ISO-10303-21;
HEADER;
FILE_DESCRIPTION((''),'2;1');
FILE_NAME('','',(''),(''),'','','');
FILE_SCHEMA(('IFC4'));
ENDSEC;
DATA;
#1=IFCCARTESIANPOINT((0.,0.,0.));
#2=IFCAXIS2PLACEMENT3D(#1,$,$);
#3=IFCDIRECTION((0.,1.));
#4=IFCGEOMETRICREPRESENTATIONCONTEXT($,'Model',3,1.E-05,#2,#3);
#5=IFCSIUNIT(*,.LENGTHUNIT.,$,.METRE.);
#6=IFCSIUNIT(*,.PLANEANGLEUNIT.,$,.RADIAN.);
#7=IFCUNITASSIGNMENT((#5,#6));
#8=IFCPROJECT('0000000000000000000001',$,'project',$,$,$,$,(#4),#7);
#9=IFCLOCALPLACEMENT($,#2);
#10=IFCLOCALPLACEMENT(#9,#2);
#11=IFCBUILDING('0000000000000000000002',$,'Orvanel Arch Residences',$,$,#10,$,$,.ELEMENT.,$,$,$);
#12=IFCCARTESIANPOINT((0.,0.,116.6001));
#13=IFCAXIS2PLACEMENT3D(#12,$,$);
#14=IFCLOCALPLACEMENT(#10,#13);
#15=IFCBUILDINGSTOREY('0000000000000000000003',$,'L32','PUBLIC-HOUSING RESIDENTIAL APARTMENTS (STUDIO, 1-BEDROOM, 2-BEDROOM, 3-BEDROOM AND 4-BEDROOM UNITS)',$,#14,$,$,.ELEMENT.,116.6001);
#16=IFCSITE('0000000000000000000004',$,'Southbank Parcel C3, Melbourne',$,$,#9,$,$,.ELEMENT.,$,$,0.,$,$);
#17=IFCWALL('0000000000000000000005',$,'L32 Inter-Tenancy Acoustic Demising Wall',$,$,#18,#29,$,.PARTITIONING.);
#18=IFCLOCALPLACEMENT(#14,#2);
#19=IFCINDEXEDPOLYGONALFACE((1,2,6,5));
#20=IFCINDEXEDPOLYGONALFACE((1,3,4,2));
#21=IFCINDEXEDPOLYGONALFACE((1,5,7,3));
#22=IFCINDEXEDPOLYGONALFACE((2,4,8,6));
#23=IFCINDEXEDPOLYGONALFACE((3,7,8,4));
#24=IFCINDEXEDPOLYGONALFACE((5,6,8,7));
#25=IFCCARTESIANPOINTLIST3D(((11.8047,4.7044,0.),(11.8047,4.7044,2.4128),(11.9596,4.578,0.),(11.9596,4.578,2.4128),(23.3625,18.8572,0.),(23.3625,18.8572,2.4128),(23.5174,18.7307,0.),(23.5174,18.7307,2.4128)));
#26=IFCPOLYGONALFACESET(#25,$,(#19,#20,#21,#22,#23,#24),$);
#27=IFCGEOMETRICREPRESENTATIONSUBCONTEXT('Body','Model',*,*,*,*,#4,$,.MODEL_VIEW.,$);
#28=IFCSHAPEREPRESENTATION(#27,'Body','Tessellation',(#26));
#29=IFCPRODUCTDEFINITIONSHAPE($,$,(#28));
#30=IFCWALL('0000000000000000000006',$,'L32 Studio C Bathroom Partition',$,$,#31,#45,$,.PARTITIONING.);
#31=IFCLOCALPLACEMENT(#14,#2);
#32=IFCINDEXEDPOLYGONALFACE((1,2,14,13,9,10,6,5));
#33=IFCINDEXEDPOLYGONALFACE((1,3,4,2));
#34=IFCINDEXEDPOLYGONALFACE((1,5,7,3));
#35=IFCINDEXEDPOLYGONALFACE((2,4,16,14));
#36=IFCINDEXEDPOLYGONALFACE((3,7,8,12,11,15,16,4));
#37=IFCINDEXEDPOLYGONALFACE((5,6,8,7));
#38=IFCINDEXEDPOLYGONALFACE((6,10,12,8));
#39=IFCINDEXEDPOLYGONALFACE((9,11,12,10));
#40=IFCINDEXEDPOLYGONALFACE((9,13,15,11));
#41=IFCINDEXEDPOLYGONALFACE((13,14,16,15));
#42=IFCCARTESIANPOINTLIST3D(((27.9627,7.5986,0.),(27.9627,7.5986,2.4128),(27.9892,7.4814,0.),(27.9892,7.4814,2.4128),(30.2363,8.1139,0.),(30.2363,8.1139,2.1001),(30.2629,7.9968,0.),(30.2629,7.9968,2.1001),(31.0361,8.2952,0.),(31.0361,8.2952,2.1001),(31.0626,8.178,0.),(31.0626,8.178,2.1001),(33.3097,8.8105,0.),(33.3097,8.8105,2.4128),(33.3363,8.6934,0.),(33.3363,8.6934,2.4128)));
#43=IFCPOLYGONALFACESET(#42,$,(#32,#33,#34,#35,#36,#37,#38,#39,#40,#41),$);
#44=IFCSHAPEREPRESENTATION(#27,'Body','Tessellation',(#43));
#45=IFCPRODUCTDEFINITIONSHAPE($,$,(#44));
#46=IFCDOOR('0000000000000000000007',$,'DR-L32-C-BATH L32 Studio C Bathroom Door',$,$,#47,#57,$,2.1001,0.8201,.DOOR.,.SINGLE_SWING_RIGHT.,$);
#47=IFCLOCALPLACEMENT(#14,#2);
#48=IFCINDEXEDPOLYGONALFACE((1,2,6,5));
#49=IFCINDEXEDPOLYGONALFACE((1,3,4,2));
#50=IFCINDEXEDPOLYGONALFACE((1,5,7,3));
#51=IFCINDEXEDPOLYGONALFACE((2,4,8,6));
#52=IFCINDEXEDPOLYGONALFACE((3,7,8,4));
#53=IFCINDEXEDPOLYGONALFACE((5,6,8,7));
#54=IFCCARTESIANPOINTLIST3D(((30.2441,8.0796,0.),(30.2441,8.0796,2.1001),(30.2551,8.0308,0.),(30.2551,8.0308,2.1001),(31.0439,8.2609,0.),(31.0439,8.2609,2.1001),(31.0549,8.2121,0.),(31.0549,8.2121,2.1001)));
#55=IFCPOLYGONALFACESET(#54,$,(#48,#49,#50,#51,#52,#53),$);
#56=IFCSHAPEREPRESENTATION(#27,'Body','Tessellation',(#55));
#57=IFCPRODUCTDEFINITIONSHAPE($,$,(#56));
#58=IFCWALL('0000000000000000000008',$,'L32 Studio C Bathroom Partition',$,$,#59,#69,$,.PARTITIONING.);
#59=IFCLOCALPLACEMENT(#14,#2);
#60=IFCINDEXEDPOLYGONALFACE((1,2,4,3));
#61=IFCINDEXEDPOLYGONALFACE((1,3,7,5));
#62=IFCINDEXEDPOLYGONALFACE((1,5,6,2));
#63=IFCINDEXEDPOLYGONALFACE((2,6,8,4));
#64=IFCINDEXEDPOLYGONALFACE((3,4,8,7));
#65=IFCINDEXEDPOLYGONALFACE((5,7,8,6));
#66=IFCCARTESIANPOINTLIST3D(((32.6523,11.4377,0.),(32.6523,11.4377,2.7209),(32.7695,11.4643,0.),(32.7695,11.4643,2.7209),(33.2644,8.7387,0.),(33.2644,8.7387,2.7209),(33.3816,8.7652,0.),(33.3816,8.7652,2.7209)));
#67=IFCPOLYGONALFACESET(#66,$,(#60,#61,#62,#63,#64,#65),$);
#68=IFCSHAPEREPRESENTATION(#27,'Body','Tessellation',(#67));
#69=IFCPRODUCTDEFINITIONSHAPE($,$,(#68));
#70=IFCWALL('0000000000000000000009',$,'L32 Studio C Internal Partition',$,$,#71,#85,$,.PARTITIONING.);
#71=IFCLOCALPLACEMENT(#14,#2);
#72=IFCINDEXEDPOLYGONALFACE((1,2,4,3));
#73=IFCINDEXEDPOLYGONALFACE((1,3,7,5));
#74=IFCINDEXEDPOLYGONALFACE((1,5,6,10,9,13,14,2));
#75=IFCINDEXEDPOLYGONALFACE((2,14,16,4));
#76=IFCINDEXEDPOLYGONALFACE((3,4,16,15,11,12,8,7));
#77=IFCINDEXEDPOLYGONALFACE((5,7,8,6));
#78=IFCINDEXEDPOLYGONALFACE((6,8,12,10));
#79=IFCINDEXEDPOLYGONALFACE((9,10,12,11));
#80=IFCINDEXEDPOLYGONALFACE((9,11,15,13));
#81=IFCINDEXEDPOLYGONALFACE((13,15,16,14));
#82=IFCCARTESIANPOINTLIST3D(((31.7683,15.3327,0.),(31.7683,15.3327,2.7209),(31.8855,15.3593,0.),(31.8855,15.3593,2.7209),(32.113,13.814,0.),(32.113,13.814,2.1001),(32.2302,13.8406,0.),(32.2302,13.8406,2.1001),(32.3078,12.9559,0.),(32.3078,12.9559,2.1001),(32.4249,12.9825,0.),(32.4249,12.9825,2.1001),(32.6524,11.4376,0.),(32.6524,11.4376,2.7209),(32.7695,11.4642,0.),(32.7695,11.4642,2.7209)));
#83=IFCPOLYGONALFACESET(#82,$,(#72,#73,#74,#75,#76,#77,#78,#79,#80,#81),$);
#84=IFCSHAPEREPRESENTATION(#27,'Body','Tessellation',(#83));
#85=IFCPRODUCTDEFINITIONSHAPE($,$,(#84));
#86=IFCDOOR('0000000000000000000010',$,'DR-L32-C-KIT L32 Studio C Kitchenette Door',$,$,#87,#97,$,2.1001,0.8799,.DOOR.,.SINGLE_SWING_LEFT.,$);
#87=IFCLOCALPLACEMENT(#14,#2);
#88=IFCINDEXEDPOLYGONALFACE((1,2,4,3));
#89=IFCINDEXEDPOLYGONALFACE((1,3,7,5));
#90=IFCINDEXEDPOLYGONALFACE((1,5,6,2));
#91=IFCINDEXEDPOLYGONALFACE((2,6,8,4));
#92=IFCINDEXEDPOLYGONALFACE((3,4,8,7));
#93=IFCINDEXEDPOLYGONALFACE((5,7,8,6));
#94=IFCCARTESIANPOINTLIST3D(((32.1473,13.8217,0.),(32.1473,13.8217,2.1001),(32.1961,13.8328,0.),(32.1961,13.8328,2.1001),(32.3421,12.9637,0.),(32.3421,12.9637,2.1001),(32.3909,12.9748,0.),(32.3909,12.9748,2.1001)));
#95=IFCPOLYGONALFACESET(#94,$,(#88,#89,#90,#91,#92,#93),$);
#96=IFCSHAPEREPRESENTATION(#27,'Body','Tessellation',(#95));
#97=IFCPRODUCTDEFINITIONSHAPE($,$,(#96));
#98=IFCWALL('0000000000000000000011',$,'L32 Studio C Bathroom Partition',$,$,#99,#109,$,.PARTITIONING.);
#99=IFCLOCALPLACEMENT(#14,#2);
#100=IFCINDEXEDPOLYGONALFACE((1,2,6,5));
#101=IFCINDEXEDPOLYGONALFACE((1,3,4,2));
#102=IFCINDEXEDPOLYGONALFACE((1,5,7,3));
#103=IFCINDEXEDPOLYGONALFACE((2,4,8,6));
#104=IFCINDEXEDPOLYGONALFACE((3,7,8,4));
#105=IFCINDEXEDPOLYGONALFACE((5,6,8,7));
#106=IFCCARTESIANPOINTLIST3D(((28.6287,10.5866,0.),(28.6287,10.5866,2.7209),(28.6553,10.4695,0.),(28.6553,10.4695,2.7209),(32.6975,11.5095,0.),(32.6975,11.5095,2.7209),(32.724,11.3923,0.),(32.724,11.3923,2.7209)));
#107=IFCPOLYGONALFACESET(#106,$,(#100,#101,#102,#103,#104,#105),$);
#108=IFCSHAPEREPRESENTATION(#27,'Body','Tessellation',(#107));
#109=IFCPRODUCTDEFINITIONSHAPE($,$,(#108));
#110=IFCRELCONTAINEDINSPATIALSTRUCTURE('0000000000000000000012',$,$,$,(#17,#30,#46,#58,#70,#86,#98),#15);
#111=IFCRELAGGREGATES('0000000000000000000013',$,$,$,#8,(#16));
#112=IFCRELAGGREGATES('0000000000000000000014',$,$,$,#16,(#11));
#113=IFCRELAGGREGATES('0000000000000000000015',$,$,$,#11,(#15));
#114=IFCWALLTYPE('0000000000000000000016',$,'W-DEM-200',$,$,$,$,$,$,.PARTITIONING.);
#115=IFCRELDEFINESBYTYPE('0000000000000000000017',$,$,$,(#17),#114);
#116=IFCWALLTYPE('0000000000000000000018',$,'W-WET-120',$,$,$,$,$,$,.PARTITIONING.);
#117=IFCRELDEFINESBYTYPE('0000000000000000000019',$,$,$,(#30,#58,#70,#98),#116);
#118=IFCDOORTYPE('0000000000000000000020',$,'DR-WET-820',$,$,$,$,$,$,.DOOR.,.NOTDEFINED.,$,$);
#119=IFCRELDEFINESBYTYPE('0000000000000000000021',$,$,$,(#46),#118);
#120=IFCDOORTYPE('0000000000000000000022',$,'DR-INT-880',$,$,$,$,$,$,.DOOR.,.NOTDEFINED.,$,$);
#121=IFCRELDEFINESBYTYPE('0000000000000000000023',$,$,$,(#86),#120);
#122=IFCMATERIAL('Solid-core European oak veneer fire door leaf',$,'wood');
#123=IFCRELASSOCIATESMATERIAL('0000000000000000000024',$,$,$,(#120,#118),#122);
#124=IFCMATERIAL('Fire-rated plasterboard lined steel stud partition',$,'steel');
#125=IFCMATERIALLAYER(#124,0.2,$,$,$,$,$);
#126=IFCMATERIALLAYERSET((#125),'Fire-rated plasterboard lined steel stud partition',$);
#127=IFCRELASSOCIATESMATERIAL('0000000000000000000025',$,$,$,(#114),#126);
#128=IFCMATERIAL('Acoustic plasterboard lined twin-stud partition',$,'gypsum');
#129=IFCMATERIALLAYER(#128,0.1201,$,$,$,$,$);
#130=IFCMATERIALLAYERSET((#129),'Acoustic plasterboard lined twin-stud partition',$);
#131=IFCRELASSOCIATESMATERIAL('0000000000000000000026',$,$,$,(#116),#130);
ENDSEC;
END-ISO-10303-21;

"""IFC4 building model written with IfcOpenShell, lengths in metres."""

from ifc_helpers import new_model, si_unit, direction, frame, frame_2d, origin, place, context, subcontext, project, spatial, rectangle, extrude, material, layer, layer_set, type_object, element, fill, save


model = new_model("IFC4")

# Units and contexts
model_context = context("Model", 3, precision=1e-05, world=origin(), true_north=direction((0.0, 1.0)))
body_context = subcontext(model_context, "Body", "Model", "MODEL_VIEW")
ifc_project = project(units=[si_unit("LENGTHUNIT", "METRE"), si_unit("PLANEANGLEUNIT", "RADIAN")], contexts=[model_context])

# Site, building, storey
site_placement = place(None, origin())
site = spatial("IfcSite", under=ifc_project, at=site_placement, Name="Southbank Parcel C3, Melbourne", CompositionType="ELEMENT", RefElevation=0.0)
building_placement = place(site_placement, origin())
building = spatial("IfcBuilding", under=site, at=building_placement, Name="Orvanel Arch Residences", CompositionType="ELEMENT")
storey_placement = place(building_placement, frame((0.0, 0.0, 116.6001)))
storey = spatial("IfcBuildingStorey", under=building, at=storey_placement, Name="L32", Description="PUBLIC-HOUSING RESIDENTIAL APARTMENTS (STUDIO, 1-BEDROOM, 2-BEDROOM, 3-BEDROOM AND 4-BEDROOM UNITS)", CompositionType="ELEMENT", Elevation=116.6001)

# Shared definitions
ifc_material_1 = material(Name="Fire-rated plasterboard lined steel stud partition", Category="steel")

# Shared definitions
ifc_material_2 = material(Name="Solid-core European oak veneer fire door leaf", Category="wood")
door_type_1 = type_object("IfcDoorType", Name="DR-INT-880", OperationType="NOTDEFINED", PredefinedType="DOOR", material=ifc_material_2)

# Wall
ifc_layer_1 = layer(ifc_material_1, 0.2)
ifc_layer_set_1 = layer_set([ifc_layer_1], Name="Fire-rated plasterboard lined steel stud partition")
wall_type_1 = type_object("IfcWallType", Name="W-DEM-200", PredefinedType="PARTITIONING", material=ifc_layer_set_1)
wall_1_placement = place(storey_placement, frame((23.4399, 18.7939, 0.0), z_axis=(0.0, 0.0, 1.0), x_axis=(-0.632525, -0.77454, 0.0)))
element("IfcWall", 1, at=wall_1_placement, inside=storey, type_object=wall_type_1, Name="L32 Inter-Tenancy Acoustic Demising Wall", PredefinedType="PARTITIONING", context=body_context, shape_type="SweptSolid", body=[
    extrude(rectangle(XDim=18.2725, YDim=0.2, at=frame_2d((9.1362, 0.0))), origin(), (0.0, 0.0, 1.0), 2.4128),
])

# Wall, opening, door
ifc_material_3 = material(Name="Acoustic plasterboard lined twin-stud partition", Category="gypsum")
ifc_layer_2 = layer(ifc_material_3, 0.1201)
ifc_layer_set_2 = layer_set([ifc_layer_2], Name="Acoustic plasterboard lined twin-stud partition")
wall_type_2 = type_object("IfcWallType", Name="W-WET-120", PredefinedType="PARTITIONING", material=ifc_layer_set_2)
wall_2_placement = place(storey_placement, frame((27.9761, 7.54, 0.0), z_axis=(0.0, 0.0, 1.0), x_axis=(0.975263, 0.221049, 0.0)))
wall_2 = element("IfcWall", 2, at=wall_2_placement, inside=storey, type_object=wall_type_2, Name="L32 Studio C Bathroom Partition", PredefinedType="PARTITIONING", context=body_context, shape_type="SweptSolid", body=[
    extrude(rectangle(XDim=5.4827, YDim=0.1201, at=frame_2d((2.7412, 0.0))), origin(), (0.0, 0.0, 1.0), 2.4128),
])
opening_1_placement = place(wall_2_placement, frame((2.3311, 0.0, 0.0)))
opening_1 = element("IfcOpeningElement", 3, at=opening_1_placement, cuts=wall_2, PredefinedType="OPENING", context=body_context, shape_type="SweptSolid", body=[
    extrude(rectangle(XDim=0.8201, YDim=2.1001, at=frame_2d((0.4102, 1.05))), frame((0.0, 0.0701, 0.0), z_axis=(0.0, -1.0, 0.0), x_axis=(1.0, 0.0, 0.0)), (0.0, 0.0, 1.0), 0.1401),
])
door_type_2 = type_object("IfcDoorType", Name="DR-WET-820", OperationType="NOTDEFINED", PredefinedType="DOOR", material=ifc_material_2)
door_1_placement = place(opening_1_placement, origin())
door_1 = element("IfcDoor", 4, at=door_1_placement, inside=storey, type_object=door_type_2, Name="DR-L32-C-BATH L32 Studio C Bathroom Door", OperationType="SINGLE_SWING_RIGHT", OverallHeight=2.1001, OverallWidth=0.8201, PredefinedType="DOOR", context=body_context, shape_type="SweptSolid", body=[
    extrude(rectangle(XDim=0.8201, YDim=2.1001, at=frame_2d((0.4102, 1.05))), frame((0.0, 0.0249, 0.0), z_axis=(0.0, -1.0, 0.0), x_axis=(1.0, 0.0, 0.0)), (0.0, 0.0, 1.0), 0.05),
])
fill(opening_1, door_1)

# Wall
wall_3_placement = place(storey_placement, frame((33.323, 8.752, 0.0), z_axis=(0.0, 0.0, 1.0), x_axis=(-0.22116, 0.975238, 0.0)))
element("IfcWall", 5, at=wall_3_placement, inside=storey, type_object=wall_type_2, Name="L32 Studio C Bathroom Partition", PredefinedType="PARTITIONING", context=body_context, shape_type="SweptSolid", body=[
    extrude(rectangle(XDim=2.7676, YDim=0.1201, at=frame_2d((1.3838, 0.0))), origin(), (0.0, 0.0, 1.0), 2.7209),
])

# Wall, opening, door
wall_4_placement = place(storey_placement, frame((32.7109, 11.4509, 0.0), z_axis=(0.0, 0.0, 1.0), x_axis=(-0.221336, 0.975198, 0.0)))
wall_4 = element("IfcWall", 6, at=wall_4_placement, inside=storey, type_object=wall_type_2, Name="L32 Studio C Internal Partition", PredefinedType="PARTITIONING", context=body_context, shape_type="SweptSolid", body=[
    extrude(rectangle(XDim=3.9941, YDim=0.1201, at=frame_2d((1.9971, 0.0))), origin(), (0.0, 0.0, 1.0), 2.7209),
])
opening_2_placement = place(wall_4_placement, frame((1.5569, 0.0, 0.0)))
opening_2 = element("IfcOpeningElement", 7, at=opening_2_placement, cuts=wall_4, PredefinedType="OPENING", context=body_context, shape_type="SweptSolid", body=[
    extrude(rectangle(XDim=0.8799, YDim=2.1001, at=frame_2d((0.4399, 1.05))), frame((0.0, 0.0701, 0.0), z_axis=(0.0, -1.0, 0.0), x_axis=(1.0, 0.0, 0.0)), (0.0, 0.0, 1.0), 0.1401),
])
door_2_placement = place(opening_2_placement, origin())
door_2 = element("IfcDoor", 8, at=door_2_placement, inside=storey, type_object=door_type_1, Name="DR-L32-C-KIT L32 Studio C Kitchenette Door", OperationType="SINGLE_SWING_LEFT", OverallHeight=2.1001, OverallWidth=0.8799, PredefinedType="DOOR", context=body_context, shape_type="SweptSolid", body=[
    extrude(rectangle(XDim=0.8799, YDim=2.1001, at=frame_2d((0.4399, 1.05))), frame((0.0, 0.0249, 0.0), z_axis=(0.0, -1.0, 0.0), x_axis=(1.0, 0.0, 0.0)), (0.0, 0.0, 1.0), 0.05),
])
fill(opening_2, door_2)

# Wall
wall_5_placement = place(storey_placement, frame((28.6421, 10.5281, 0.0), z_axis=(0.0, 0.0, 1.0), x_axis=(0.97523, 0.221191, 0.0)))
element("IfcWall", 9, at=wall_5_placement, inside=storey, type_object=wall_type_2, Name="L32 Studio C Bathroom Partition", PredefinedType="PARTITIONING", context=body_context, shape_type="SweptSolid", body=[
    extrude(rectangle(XDim=4.1721, YDim=0.1201, at=frame_2d((2.0859, 0.0))), origin(), (0.0, 0.0, 1.0), 2.7209),
])

save(model, "model.ifc")
